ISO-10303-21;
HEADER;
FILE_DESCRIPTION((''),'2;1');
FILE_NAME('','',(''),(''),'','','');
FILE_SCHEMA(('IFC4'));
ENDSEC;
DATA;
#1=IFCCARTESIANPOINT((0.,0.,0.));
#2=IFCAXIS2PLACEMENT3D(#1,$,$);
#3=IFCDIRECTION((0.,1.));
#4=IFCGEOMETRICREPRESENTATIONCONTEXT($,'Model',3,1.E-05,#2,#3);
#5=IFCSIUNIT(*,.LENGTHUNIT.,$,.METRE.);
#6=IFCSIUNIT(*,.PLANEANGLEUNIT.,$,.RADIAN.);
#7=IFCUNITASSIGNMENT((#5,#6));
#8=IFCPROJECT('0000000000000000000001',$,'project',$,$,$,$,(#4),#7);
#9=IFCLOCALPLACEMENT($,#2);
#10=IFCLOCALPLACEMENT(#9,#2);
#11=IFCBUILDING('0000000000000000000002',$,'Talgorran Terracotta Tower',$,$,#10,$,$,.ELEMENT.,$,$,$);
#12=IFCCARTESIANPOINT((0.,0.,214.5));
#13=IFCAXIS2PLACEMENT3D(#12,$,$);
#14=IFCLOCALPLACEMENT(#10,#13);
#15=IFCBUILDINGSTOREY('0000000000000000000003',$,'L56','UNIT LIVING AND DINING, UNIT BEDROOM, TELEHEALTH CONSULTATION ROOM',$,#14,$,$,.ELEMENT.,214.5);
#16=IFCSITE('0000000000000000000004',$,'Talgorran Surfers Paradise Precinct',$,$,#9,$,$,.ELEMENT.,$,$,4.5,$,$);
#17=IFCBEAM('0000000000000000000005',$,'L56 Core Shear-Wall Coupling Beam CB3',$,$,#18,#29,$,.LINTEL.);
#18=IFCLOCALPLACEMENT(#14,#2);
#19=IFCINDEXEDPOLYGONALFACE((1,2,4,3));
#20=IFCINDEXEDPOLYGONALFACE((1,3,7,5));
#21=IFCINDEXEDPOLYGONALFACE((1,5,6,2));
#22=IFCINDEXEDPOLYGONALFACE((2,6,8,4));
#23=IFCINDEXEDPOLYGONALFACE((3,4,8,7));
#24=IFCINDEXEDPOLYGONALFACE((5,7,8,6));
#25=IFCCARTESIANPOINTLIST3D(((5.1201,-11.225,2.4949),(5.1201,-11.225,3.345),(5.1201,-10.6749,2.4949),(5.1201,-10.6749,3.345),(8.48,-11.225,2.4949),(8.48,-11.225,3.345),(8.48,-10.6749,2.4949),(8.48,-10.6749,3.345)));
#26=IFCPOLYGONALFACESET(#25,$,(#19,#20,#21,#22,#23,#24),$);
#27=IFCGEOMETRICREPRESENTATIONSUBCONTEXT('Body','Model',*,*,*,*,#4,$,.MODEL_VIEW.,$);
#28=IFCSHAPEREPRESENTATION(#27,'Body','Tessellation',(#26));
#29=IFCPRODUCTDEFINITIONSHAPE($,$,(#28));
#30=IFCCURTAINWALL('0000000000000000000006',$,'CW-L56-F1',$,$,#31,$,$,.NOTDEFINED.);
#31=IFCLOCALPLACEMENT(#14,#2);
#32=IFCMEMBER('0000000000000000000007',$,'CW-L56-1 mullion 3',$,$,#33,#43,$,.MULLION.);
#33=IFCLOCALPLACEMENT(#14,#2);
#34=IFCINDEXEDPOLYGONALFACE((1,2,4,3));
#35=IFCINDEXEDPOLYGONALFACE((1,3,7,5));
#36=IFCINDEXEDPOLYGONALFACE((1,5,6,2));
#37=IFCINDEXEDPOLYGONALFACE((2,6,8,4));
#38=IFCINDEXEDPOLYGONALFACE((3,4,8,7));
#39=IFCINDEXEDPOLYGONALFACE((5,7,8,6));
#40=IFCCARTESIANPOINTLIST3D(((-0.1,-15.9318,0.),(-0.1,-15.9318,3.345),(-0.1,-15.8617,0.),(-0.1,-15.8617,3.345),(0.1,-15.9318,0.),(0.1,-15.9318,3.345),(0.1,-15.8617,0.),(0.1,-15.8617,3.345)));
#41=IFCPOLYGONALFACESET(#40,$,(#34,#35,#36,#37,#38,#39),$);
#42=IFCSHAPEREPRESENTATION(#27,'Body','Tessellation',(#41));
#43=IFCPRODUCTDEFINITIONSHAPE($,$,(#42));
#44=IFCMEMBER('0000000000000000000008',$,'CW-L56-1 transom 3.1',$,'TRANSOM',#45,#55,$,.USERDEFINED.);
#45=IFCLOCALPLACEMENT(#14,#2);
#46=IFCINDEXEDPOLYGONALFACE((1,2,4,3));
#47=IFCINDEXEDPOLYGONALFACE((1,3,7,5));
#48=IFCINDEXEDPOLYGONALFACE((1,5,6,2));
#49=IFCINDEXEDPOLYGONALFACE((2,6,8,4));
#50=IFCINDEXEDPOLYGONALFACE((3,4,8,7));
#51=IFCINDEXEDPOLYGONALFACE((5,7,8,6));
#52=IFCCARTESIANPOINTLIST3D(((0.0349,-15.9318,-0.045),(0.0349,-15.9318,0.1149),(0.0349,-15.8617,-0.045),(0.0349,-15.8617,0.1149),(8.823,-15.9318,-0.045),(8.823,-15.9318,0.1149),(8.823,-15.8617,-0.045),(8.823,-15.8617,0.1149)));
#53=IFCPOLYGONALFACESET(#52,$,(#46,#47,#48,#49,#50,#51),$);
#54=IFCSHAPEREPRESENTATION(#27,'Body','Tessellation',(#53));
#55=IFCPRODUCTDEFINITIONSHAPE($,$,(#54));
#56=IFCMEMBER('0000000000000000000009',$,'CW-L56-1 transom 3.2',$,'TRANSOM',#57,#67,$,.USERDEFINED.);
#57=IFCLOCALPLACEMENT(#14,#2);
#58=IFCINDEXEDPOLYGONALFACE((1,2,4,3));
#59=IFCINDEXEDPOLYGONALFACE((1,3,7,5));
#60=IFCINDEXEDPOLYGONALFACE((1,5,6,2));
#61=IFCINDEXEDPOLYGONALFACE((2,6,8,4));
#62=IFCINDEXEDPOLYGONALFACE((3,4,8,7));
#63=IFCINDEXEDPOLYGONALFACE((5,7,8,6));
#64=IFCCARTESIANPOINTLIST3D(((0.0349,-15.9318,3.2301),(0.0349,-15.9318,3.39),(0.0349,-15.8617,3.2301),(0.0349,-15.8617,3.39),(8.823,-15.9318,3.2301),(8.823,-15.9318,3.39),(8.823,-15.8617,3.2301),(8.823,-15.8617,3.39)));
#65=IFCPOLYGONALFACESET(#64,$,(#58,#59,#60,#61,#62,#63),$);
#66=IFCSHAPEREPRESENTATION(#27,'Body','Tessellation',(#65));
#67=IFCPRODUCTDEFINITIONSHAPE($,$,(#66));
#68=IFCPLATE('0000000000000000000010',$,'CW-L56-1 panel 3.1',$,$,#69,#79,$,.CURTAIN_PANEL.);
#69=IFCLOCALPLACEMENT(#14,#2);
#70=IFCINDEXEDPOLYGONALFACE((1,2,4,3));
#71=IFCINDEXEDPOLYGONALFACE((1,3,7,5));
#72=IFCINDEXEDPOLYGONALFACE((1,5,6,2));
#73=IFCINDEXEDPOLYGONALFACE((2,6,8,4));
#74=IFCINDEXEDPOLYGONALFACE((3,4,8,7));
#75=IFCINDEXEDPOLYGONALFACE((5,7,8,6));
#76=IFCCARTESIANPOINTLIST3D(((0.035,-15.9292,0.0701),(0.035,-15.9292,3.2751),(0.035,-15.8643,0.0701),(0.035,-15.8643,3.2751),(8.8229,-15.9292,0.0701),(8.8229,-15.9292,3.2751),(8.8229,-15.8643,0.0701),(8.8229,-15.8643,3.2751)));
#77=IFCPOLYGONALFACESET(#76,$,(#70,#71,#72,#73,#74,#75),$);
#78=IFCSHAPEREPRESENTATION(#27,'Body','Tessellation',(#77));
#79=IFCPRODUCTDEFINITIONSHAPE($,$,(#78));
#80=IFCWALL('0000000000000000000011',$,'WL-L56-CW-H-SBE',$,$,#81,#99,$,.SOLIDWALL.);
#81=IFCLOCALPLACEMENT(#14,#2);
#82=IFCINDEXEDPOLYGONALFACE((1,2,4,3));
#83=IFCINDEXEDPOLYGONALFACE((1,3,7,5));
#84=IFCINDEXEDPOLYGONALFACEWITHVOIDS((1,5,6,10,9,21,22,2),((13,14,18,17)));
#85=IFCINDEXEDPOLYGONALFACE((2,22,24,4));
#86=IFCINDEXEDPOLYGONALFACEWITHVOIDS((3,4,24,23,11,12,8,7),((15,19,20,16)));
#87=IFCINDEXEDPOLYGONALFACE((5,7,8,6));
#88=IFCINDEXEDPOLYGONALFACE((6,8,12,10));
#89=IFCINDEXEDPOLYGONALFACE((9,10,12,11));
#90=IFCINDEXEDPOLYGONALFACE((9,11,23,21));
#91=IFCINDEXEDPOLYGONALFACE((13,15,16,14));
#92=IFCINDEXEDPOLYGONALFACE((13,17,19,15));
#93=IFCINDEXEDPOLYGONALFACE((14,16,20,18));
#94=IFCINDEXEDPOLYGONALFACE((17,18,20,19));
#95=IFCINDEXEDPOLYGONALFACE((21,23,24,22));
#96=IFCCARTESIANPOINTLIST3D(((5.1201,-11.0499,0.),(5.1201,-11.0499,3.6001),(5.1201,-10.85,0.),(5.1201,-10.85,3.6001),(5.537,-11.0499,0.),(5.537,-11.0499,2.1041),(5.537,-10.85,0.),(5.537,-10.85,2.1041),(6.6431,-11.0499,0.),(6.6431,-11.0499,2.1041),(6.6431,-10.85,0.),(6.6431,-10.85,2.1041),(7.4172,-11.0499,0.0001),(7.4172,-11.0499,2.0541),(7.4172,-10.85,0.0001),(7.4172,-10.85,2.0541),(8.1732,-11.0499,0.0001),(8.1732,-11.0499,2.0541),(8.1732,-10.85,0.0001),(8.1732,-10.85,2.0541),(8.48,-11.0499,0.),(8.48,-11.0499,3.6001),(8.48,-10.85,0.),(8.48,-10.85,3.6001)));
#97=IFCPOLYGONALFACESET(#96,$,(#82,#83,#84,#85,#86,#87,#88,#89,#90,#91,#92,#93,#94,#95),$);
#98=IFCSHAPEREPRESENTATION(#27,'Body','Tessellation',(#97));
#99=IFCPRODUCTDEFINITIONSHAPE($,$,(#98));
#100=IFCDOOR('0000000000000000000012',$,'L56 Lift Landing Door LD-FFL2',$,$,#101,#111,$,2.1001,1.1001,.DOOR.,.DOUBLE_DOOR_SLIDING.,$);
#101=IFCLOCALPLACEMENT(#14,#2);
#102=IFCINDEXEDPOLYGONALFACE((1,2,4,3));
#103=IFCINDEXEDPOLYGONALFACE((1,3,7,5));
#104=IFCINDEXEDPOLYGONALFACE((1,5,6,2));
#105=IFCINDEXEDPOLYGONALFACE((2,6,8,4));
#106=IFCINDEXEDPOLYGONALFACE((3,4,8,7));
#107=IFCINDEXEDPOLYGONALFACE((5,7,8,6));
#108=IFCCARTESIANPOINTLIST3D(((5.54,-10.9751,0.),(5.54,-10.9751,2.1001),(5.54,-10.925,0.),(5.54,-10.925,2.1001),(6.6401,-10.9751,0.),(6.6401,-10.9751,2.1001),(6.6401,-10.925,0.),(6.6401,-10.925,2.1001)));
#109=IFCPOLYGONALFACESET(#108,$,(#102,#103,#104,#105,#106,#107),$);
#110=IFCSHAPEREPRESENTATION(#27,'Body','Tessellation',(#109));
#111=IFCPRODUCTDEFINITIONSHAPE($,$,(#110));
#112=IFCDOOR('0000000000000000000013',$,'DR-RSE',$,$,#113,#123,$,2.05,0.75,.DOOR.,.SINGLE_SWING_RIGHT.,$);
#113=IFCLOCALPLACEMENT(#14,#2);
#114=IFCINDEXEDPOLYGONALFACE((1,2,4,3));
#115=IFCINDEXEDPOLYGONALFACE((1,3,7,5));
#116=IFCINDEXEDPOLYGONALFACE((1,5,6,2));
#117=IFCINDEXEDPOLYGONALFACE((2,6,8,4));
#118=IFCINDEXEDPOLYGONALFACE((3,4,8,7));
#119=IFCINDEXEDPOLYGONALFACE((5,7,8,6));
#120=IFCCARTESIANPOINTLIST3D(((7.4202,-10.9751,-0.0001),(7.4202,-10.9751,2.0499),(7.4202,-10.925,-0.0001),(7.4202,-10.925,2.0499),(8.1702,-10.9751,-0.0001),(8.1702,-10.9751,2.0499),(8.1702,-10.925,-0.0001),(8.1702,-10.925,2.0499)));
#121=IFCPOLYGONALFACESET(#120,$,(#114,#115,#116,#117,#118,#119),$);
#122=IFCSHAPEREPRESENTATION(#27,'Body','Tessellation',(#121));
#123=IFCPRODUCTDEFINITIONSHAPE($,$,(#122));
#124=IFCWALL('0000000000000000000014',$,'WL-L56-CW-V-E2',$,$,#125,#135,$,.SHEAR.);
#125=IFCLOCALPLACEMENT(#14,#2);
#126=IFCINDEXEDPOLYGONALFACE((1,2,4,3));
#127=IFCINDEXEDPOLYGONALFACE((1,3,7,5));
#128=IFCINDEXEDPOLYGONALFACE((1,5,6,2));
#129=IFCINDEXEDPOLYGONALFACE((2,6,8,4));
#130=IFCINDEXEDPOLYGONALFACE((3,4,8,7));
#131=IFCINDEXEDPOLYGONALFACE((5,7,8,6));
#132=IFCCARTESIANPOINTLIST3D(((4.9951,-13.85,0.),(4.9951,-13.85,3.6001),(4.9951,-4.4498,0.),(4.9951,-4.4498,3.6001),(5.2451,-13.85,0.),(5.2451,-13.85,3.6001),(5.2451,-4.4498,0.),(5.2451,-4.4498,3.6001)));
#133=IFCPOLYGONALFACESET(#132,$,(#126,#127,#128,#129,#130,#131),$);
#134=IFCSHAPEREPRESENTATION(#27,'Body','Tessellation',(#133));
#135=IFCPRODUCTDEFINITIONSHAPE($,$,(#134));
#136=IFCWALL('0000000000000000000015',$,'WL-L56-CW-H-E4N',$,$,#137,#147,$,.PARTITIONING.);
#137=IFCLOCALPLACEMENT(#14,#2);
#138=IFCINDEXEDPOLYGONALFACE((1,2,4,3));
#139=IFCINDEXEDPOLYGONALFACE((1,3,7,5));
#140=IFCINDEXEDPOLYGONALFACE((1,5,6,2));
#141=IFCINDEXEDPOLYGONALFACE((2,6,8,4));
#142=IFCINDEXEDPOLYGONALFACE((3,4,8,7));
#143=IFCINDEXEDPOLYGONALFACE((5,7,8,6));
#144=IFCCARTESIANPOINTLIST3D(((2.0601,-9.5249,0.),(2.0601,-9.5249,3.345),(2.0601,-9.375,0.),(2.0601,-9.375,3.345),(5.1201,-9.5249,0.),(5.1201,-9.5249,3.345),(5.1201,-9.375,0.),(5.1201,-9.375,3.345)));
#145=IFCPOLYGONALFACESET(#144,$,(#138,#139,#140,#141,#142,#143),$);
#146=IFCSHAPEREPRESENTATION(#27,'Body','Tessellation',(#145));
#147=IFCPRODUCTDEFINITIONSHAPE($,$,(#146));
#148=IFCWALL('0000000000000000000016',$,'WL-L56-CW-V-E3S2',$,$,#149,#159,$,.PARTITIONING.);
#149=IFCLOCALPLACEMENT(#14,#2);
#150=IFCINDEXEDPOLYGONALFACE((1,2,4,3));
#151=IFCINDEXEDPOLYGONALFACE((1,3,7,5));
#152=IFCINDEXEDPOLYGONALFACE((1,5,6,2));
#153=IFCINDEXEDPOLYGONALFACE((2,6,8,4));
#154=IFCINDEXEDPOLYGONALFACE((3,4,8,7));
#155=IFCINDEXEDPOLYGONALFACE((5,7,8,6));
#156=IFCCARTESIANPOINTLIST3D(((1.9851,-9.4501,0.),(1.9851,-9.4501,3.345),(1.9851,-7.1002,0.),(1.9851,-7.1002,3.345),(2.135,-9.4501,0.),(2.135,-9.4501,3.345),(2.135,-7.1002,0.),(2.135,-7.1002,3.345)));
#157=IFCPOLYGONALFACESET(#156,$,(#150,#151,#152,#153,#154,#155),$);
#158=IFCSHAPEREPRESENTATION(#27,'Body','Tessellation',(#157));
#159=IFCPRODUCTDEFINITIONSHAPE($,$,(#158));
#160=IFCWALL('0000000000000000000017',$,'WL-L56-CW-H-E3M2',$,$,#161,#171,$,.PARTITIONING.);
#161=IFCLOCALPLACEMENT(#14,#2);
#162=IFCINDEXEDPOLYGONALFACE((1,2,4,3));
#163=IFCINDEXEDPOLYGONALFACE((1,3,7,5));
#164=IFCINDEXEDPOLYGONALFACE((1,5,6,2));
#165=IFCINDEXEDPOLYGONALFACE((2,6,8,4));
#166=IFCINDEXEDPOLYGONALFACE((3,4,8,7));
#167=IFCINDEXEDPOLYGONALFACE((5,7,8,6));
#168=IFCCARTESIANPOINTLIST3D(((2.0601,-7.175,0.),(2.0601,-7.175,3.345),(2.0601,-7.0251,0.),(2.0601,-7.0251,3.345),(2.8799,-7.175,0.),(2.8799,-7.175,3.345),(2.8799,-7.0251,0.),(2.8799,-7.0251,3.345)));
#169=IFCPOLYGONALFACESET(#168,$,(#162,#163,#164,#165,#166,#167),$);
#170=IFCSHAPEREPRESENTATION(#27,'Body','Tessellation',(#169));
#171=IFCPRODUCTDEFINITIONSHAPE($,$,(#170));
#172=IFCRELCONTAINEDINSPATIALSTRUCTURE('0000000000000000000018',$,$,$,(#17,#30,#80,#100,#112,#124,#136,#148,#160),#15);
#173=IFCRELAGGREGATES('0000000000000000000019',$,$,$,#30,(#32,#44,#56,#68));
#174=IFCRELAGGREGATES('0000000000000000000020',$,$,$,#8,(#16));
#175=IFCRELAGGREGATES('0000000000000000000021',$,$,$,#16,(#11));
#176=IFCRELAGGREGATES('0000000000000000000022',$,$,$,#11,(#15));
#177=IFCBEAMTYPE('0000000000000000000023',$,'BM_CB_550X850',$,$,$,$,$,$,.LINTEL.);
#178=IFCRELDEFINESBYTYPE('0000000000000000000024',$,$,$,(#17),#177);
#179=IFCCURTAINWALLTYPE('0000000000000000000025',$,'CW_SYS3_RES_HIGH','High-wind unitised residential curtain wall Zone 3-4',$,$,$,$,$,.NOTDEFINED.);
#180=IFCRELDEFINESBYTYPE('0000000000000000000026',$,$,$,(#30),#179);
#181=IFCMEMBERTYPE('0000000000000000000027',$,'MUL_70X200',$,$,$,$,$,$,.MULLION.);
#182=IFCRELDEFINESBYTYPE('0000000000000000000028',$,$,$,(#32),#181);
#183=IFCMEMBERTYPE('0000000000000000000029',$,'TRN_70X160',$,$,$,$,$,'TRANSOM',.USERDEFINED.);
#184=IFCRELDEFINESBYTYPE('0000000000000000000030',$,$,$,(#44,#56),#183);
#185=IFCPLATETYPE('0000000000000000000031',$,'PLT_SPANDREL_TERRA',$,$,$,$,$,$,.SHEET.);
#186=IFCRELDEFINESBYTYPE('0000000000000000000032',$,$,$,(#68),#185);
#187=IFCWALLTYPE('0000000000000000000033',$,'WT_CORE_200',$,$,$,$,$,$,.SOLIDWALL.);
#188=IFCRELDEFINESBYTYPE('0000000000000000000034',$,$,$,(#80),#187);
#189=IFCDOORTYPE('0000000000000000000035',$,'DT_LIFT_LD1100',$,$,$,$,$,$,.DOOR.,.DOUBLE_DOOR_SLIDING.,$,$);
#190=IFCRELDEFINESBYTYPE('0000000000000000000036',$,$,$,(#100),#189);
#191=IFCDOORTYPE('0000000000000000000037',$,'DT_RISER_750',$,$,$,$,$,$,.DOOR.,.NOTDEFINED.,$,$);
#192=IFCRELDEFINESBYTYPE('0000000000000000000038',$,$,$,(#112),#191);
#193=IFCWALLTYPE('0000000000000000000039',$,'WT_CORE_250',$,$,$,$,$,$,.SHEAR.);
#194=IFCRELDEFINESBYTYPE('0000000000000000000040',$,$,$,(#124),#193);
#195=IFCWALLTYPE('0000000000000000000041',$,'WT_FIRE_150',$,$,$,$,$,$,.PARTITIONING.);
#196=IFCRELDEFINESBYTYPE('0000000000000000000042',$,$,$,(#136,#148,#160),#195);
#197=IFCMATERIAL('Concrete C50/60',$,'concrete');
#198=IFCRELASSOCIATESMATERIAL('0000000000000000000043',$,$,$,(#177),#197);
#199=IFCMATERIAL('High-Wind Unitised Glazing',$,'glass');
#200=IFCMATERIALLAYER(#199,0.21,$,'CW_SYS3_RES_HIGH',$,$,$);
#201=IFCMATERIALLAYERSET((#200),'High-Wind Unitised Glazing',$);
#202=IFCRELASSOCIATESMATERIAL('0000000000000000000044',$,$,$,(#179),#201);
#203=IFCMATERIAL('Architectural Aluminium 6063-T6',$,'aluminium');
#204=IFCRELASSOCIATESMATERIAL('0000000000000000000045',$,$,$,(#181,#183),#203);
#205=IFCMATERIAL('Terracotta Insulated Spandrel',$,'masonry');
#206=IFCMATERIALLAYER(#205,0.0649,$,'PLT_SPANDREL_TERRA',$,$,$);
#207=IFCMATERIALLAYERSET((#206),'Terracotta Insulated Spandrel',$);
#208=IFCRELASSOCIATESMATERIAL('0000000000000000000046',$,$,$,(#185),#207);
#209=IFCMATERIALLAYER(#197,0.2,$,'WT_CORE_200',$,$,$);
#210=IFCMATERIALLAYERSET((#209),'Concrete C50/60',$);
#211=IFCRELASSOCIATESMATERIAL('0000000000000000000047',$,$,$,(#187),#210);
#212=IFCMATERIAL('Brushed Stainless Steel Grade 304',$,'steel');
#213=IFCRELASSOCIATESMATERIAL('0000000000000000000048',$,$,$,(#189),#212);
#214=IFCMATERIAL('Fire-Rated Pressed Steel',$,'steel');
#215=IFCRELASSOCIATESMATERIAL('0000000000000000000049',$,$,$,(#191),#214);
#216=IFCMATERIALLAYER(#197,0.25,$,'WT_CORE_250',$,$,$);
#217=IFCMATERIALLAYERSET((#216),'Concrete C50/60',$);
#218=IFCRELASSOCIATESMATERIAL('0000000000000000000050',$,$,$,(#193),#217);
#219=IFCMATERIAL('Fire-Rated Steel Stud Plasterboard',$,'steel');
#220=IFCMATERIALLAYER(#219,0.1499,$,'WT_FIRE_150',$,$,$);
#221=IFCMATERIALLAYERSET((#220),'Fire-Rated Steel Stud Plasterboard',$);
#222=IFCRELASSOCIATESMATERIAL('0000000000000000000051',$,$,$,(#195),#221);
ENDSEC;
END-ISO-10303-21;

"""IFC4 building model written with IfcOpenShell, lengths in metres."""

from ifc_helpers import new_model, si_unit, direction, frame, frame_2d, origin, origin_2d, place, context, subcontext, project, spatial, rectangle, extrude, source, transform, mapped, material, layer, layer_set, material_profile, profile_set, type_object, type_shapes, element, fill, aggregate, save


model = new_model("IFC4")

# Units and contexts
model_context = context("Model", 3, precision=1e-05, world=origin(), true_north=direction((0.0, 1.0)))
body_context = subcontext(model_context, "Body", "Model", "MODEL_VIEW")
ifc_project = project(units=[si_unit("LENGTHUNIT", "METRE"), si_unit("PLANEANGLEUNIT", "RADIAN")], contexts=[model_context])

# Site, building, storey
site_placement = place(None, origin())
site = spatial("IfcSite", under=ifc_project, at=site_placement, Name="Talgorran Surfers Paradise Precinct", CompositionType="ELEMENT", RefElevation=4.5)
building_placement = place(site_placement, origin())
building = spatial("IfcBuilding", under=site, at=building_placement, Name="Talgorran Terracotta Tower", CompositionType="ELEMENT")
storey_placement = place(building_placement, frame((0.0, 0.0, 214.5)))
storey = spatial("IfcBuildingStorey", under=building, at=storey_placement, Name="L56", Description="UNIT LIVING AND DINING, UNIT BEDROOM, TELEHEALTH CONSULTATION ROOM", CompositionType="ELEMENT", Elevation=214.5)

# Beam
ifc_material_1 = material(Name="Concrete C50/60", Category="concrete")
ifc_material_profile_1 = material_profile(ifc_material_1, rectangle(XDim=0.55, YDim=0.8501, at=origin_2d()), Name="RCCB550X850")
ifc_profile_set_1 = profile_set([ifc_material_profile_1], Name="Concrete C50/60")
beam_type = type_object("IfcBeamType", Name="BM_CB_550X850", PredefinedType="LINTEL", material=ifc_profile_set_1)
beam_placement = place(storey_placement, frame((5.1201, -10.95, 2.9199), z_axis=(1.0, 0.0, 0.0), x_axis=(0.0, 1.0, 0.0)))
element("IfcBeam", 1, at=beam_placement, inside=storey, type_object=beam_type, Name="L56 Core Shear-Wall Coupling Beam CB3", PredefinedType="LINTEL", context=body_context, shape_type="SweptSolid", body=[
    extrude(rectangle(XDim=0.55, YDim=0.8501, at=origin_2d()), origin(), (0.0, 0.0, 1.0), 3.3599),
])

# Curtain wall, members, plate
ifc_material_2 = material(Name="High-Wind Unitised Glazing", Category="glass")
ifc_layer_1 = layer(ifc_material_2, 0.21, Name="CW_SYS3_RES_HIGH")
ifc_layer_set_1 = layer_set([ifc_layer_1], Name="High-Wind Unitised Glazing")
curtain_wall_type = type_object("IfcCurtainWallType", Name="CW_SYS3_RES_HIGH", Description="High-wind unitised residential curtain wall Zone 3-4", PredefinedType="NOTDEFINED", material=ifc_layer_set_1)
curtain_wall_placement = place(storey_placement, origin())
curtain_wall = element("IfcCurtainWall", 2, at=curtain_wall_placement, inside=storey, type_object=curtain_wall_type, Name="CW-L56-F1", PredefinedType="NOTDEFINED")
ifc_material_3 = material(Name="Architectural Aluminium 6063-T6", Category="aluminium")
ifc_material_profile_2 = material_profile(ifc_material_3, rectangle(XDim=0.0701, YDim=0.2, at=origin_2d()), Name="CWM70X200")
ifc_profile_set_2 = profile_set([ifc_material_profile_2], Name="Architectural Aluminium 6063-T6")
member_type_1 = type_object("IfcMemberType", Name="MUL_70X200", PredefinedType="MULLION", material=ifc_profile_set_2)
member_1_placement = place(storey_placement, frame((0.0, -15.8967, 0.0), z_axis=(0.0, 0.0, 1.0), x_axis=(0.0, 1.0, 0.0)))
member_1 = element("IfcMember", 3, at=member_1_placement, type_object=member_type_1, Name="CW-L56-1 mullion 3", PredefinedType="MULLION", context=body_context, shape_type="SweptSolid", body=[
    extrude(rectangle(XDim=0.0701, YDim=0.2, at=origin_2d()), origin(), (0.0, 0.0, 1.0), 3.345),
])
ifc_material_profile_3 = material_profile(ifc_material_3, rectangle(XDim=0.0701, YDim=0.1599, at=origin_2d()), Name="CWT70X160")
ifc_profile_set_3 = profile_set([ifc_material_profile_3], Name="Architectural Aluminium 6063-T6")
member_type_2 = type_object("IfcMemberType", Name="TRN_70X160", ElementType="TRANSOM", PredefinedType="USERDEFINED", material=ifc_profile_set_3)
member_2_placement = place(storey_placement, frame((0.0349, -15.8967, 0.0349), z_axis=(1.0, 0.0, 0.0), x_axis=(0.0, 1.0, 0.0)))
member_2 = element("IfcMember", 4, at=member_2_placement, type_object=member_type_2, Name="CW-L56-1 transom 3.1", ObjectType="TRANSOM", PredefinedType="USERDEFINED", context=body_context, shape_type="SweptSolid", body=[
    extrude(rectangle(XDim=0.0701, YDim=0.1599, at=origin_2d()), origin(), (0.0, 0.0, 1.0), 8.7881),
])
member_3_placement = place(storey_placement, frame((0.0349, -15.8967, 3.3101), z_axis=(1.0, 0.0, 0.0), x_axis=(0.0, 1.0, 0.0)))
member_3 = element("IfcMember", 5, at=member_3_placement, type_object=member_type_2, Name="CW-L56-1 transom 3.2", ObjectType="TRANSOM", PredefinedType="USERDEFINED", context=body_context, shape_type="SweptSolid", body=[
    extrude(rectangle(XDim=0.0701, YDim=0.1599, at=origin_2d()), origin(), (0.0, 0.0, 1.0), 8.7881),
])
ifc_material_4 = material(Name="Terracotta Insulated Spandrel", Category="masonry")
ifc_layer_2 = layer(ifc_material_4, 0.0649, Name="PLT_SPANDREL_TERRA")
ifc_layer_set_2 = layer_set([ifc_layer_2], Name="Terracotta Insulated Spandrel")
plate_type = type_object("IfcPlateType", Name="PLT_SPANDREL_TERRA", PredefinedType="SHEET", material=ifc_layer_set_2)
shared_shape = source(origin(), body_context, "Body", "SweptSolid", [
    extrude(rectangle(XDim=8.7878, YDim=0.0649, at=origin_2d()), origin(), (0.0, 0.0, 1.0), 3.2051),
])
type_shapes(plate_type, [shared_shape])
plate_placement = place(storey_placement, frame((4.429, -15.8967, 0.0701), z_axis=(0.0, 0.0, 1.0), x_axis=(1.0, 0.0, 0.0)))
plate = element("IfcPlate", 6, at=plate_placement, type_object=plate_type, Name="CW-L56-1 panel 3.1", PredefinedType="CURTAIN_PANEL", context=body_context, shape_type="MappedRepresentation", body=[
    mapped(shared_shape, transform((0.0, 0.0, 0.0), scale=1.0)),
])
aggregate(curtain_wall, [member_1, member_2, member_3, plate])

# Wall, openings, doors
ifc_layer_3 = layer(ifc_material_1, 0.2, Name="WT_CORE_200")
ifc_layer_set_3 = layer_set([ifc_layer_3], Name="Concrete C50/60")
wall_type_1 = type_object("IfcWallType", Name="WT_CORE_200", PredefinedType="SOLIDWALL", material=ifc_layer_set_3)
wall_1_placement = place(storey_placement, frame((5.1201, -10.95, 0.0), z_axis=(0.0, 0.0, 1.0), x_axis=(1.0, 0.0, 0.0)))
wall_1 = element("IfcWall", 7, at=wall_1_placement, inside=storey, type_object=wall_type_1, Name="WL-L56-CW-H-SBE", PredefinedType="SOLIDWALL", context=body_context, shape_type="SweptSolid", body=[
    extrude(rectangle(XDim=3.3599, YDim=0.2, at=frame_2d((1.6799, 0.0))), origin(), (0.0, 0.0, 1.0), 3.6001),
])
opening_1_placement = place(wall_1_placement, frame((0.4199, 0.0, 0.0)))
opening_1 = element("IfcOpeningElement", 8, at=opening_1_placement, cuts=wall_1, PredefinedType="OPENING", context=body_context, shape_type="SweptSolid", body=[
    extrude(rectangle(XDim=1.1061, YDim=2.1041, at=frame_2d((0.55, 1.052))), frame((0.0, 0.1099, 0.0), z_axis=(0.0, -1.0, 0.0), x_axis=(1.0, 0.0, 0.0)), (0.0, 0.0, 1.0), 0.22),
])
opening_2_placement = place(wall_1_placement, frame((2.3, 0.0, 0.0)))
opening_2 = element("IfcOpeningElement", 9, at=opening_2_placement, cuts=wall_1, PredefinedType="OPENING", context=body_context, shape_type="SweptSolid", body=[
    extrude(rectangle(XDim=0.756, YDim=2.054, at=frame_2d((0.375, 1.0271))), frame((0.0, 0.1099, 0.0), z_axis=(0.0, -1.0, 0.0), x_axis=(1.0, 0.0, 0.0)), (0.0, 0.0, 1.0), 0.22),
])
ifc_material_5 = material(Name="Brushed Stainless Steel Grade 304", Category="steel")
door_type_1 = type_object("IfcDoorType", Name="DT_LIFT_LD1100", OperationType="DOUBLE_DOOR_SLIDING", PredefinedType="DOOR", material=ifc_material_5)
door_1_placement = place(opening_1_placement, origin())
door_1 = element("IfcDoor", 10, at=door_1_placement, inside=storey, type_object=door_type_1, Name="L56 Lift Landing Door LD-FFL2", OperationType="DOUBLE_DOOR_SLIDING", OverallHeight=2.1001, OverallWidth=1.1001, PredefinedType="DOOR", context=body_context, shape_type="SweptSolid", body=[
    extrude(rectangle(XDim=1.1001, YDim=2.1001, at=frame_2d((0.55, 1.05))), frame((0.0, 0.0249, 0.0), z_axis=(0.0, -1.0, 0.0), x_axis=(1.0, 0.0, 0.0)), (0.0, 0.0, 1.0), 0.05),
])
fill(opening_1, door_1)
ifc_material_6 = material(Name="Fire-Rated Pressed Steel", Category="steel")
door_type_2 = type_object("IfcDoorType", Name="DT_RISER_750", OperationType="NOTDEFINED", PredefinedType="DOOR", material=ifc_material_6)
door_2_placement = place(opening_2_placement, origin())
door_2 = element("IfcDoor", 11, at=door_2_placement, inside=storey, type_object=door_type_2, Name="DR-RSE", OperationType="SINGLE_SWING_RIGHT", OverallHeight=2.05, OverallWidth=0.75, PredefinedType="DOOR", context=body_context, shape_type="SweptSolid", body=[
    extrude(rectangle(XDim=0.75, YDim=2.05, at=frame_2d((0.375, 1.0249))), frame((0.0, 0.0249, 0.0), z_axis=(0.0, -1.0, 0.0), x_axis=(1.0, 0.0, 0.0)), (0.0, 0.0, 1.0), 0.05),
])
fill(opening_2, door_2)

# Walls
ifc_layer_4 = layer(ifc_material_1, 0.25, Name="WT_CORE_250")
ifc_layer_set_4 = layer_set([ifc_layer_4], Name="Concrete C50/60")
wall_type_2 = type_object("IfcWallType", Name="WT_CORE_250", PredefinedType="SHEAR", material=ifc_layer_set_4)
wall_2_placement = place(storey_placement, frame((5.1201, -13.8501, 0.0), z_axis=(0.0, 0.0, 1.0), x_axis=(0.0, 1.0, 0.0)))
element("IfcWall", 12, at=wall_2_placement, inside=storey, type_object=wall_type_2, Name="WL-L56-CW-V-E2", PredefinedType="SHEAR", context=body_context, shape_type="SweptSolid", body=[
    extrude(rectangle(XDim=9.4001, YDim=0.25, at=frame_2d((4.7002, 0.0))), origin(), (0.0, 0.0, 1.0), 3.6001),
])
ifc_material_7 = material(Name="Fire-Rated Steel Stud Plasterboard", Category="steel")
ifc_layer_5 = layer(ifc_material_7, 0.1499, Name="WT_FIRE_150")
ifc_layer_set_5 = layer_set([ifc_layer_5], Name="Fire-Rated Steel Stud Plasterboard")
wall_type_3 = type_object("IfcWallType", Name="WT_FIRE_150", PredefinedType="PARTITIONING", material=ifc_layer_set_5)
wall_3_placement = place(storey_placement, frame((2.0601, -9.45, 0.0), z_axis=(0.0, 0.0, 1.0), x_axis=(1.0, 0.0, 0.0)))
element("IfcWall", 13, at=wall_3_placement, inside=storey, type_object=wall_type_3, Name="WL-L56-CW-H-E4N", PredefinedType="PARTITIONING", context=body_context, shape_type="SweptSolid", body=[
    extrude(rectangle(XDim=3.0601, YDim=0.1499, at=frame_2d((1.53, 0.0))), origin(), (0.0, 0.0, 1.0), 3.345),
])
wall_4_placement = place(storey_placement, frame((2.0601, -9.45, 0.0), z_axis=(0.0, 0.0, 1.0), x_axis=(0.0, 1.0, 0.0)))
element("IfcWall", 14, at=wall_4_placement, inside=storey, type_object=wall_type_3, Name="WL-L56-CW-V-E3S2", PredefinedType="PARTITIONING", context=body_context, shape_type="SweptSolid", body=[
    extrude(rectangle(XDim=2.3499, YDim=0.1499, at=frame_2d((1.1748, 0.0))), origin(), (0.0, 0.0, 1.0), 3.345),
])
wall_5_placement = place(storey_placement, frame((2.0601, -7.1001, 0.0), z_axis=(0.0, 0.0, 1.0), x_axis=(1.0, 0.0, 0.0)))
element("IfcWall", 15, at=wall_5_placement, inside=storey, type_object=wall_type_3, Name="WL-L56-CW-H-E3M2", PredefinedType="PARTITIONING", context=body_context, shape_type="SweptSolid", body=[
    extrude(rectangle(XDim=0.8198, YDim=0.1499, at=frame_2d((0.4099, 0.0))), origin(), (0.0, 0.0, 1.0), 3.345),
])

save(model, "model.ifc")
